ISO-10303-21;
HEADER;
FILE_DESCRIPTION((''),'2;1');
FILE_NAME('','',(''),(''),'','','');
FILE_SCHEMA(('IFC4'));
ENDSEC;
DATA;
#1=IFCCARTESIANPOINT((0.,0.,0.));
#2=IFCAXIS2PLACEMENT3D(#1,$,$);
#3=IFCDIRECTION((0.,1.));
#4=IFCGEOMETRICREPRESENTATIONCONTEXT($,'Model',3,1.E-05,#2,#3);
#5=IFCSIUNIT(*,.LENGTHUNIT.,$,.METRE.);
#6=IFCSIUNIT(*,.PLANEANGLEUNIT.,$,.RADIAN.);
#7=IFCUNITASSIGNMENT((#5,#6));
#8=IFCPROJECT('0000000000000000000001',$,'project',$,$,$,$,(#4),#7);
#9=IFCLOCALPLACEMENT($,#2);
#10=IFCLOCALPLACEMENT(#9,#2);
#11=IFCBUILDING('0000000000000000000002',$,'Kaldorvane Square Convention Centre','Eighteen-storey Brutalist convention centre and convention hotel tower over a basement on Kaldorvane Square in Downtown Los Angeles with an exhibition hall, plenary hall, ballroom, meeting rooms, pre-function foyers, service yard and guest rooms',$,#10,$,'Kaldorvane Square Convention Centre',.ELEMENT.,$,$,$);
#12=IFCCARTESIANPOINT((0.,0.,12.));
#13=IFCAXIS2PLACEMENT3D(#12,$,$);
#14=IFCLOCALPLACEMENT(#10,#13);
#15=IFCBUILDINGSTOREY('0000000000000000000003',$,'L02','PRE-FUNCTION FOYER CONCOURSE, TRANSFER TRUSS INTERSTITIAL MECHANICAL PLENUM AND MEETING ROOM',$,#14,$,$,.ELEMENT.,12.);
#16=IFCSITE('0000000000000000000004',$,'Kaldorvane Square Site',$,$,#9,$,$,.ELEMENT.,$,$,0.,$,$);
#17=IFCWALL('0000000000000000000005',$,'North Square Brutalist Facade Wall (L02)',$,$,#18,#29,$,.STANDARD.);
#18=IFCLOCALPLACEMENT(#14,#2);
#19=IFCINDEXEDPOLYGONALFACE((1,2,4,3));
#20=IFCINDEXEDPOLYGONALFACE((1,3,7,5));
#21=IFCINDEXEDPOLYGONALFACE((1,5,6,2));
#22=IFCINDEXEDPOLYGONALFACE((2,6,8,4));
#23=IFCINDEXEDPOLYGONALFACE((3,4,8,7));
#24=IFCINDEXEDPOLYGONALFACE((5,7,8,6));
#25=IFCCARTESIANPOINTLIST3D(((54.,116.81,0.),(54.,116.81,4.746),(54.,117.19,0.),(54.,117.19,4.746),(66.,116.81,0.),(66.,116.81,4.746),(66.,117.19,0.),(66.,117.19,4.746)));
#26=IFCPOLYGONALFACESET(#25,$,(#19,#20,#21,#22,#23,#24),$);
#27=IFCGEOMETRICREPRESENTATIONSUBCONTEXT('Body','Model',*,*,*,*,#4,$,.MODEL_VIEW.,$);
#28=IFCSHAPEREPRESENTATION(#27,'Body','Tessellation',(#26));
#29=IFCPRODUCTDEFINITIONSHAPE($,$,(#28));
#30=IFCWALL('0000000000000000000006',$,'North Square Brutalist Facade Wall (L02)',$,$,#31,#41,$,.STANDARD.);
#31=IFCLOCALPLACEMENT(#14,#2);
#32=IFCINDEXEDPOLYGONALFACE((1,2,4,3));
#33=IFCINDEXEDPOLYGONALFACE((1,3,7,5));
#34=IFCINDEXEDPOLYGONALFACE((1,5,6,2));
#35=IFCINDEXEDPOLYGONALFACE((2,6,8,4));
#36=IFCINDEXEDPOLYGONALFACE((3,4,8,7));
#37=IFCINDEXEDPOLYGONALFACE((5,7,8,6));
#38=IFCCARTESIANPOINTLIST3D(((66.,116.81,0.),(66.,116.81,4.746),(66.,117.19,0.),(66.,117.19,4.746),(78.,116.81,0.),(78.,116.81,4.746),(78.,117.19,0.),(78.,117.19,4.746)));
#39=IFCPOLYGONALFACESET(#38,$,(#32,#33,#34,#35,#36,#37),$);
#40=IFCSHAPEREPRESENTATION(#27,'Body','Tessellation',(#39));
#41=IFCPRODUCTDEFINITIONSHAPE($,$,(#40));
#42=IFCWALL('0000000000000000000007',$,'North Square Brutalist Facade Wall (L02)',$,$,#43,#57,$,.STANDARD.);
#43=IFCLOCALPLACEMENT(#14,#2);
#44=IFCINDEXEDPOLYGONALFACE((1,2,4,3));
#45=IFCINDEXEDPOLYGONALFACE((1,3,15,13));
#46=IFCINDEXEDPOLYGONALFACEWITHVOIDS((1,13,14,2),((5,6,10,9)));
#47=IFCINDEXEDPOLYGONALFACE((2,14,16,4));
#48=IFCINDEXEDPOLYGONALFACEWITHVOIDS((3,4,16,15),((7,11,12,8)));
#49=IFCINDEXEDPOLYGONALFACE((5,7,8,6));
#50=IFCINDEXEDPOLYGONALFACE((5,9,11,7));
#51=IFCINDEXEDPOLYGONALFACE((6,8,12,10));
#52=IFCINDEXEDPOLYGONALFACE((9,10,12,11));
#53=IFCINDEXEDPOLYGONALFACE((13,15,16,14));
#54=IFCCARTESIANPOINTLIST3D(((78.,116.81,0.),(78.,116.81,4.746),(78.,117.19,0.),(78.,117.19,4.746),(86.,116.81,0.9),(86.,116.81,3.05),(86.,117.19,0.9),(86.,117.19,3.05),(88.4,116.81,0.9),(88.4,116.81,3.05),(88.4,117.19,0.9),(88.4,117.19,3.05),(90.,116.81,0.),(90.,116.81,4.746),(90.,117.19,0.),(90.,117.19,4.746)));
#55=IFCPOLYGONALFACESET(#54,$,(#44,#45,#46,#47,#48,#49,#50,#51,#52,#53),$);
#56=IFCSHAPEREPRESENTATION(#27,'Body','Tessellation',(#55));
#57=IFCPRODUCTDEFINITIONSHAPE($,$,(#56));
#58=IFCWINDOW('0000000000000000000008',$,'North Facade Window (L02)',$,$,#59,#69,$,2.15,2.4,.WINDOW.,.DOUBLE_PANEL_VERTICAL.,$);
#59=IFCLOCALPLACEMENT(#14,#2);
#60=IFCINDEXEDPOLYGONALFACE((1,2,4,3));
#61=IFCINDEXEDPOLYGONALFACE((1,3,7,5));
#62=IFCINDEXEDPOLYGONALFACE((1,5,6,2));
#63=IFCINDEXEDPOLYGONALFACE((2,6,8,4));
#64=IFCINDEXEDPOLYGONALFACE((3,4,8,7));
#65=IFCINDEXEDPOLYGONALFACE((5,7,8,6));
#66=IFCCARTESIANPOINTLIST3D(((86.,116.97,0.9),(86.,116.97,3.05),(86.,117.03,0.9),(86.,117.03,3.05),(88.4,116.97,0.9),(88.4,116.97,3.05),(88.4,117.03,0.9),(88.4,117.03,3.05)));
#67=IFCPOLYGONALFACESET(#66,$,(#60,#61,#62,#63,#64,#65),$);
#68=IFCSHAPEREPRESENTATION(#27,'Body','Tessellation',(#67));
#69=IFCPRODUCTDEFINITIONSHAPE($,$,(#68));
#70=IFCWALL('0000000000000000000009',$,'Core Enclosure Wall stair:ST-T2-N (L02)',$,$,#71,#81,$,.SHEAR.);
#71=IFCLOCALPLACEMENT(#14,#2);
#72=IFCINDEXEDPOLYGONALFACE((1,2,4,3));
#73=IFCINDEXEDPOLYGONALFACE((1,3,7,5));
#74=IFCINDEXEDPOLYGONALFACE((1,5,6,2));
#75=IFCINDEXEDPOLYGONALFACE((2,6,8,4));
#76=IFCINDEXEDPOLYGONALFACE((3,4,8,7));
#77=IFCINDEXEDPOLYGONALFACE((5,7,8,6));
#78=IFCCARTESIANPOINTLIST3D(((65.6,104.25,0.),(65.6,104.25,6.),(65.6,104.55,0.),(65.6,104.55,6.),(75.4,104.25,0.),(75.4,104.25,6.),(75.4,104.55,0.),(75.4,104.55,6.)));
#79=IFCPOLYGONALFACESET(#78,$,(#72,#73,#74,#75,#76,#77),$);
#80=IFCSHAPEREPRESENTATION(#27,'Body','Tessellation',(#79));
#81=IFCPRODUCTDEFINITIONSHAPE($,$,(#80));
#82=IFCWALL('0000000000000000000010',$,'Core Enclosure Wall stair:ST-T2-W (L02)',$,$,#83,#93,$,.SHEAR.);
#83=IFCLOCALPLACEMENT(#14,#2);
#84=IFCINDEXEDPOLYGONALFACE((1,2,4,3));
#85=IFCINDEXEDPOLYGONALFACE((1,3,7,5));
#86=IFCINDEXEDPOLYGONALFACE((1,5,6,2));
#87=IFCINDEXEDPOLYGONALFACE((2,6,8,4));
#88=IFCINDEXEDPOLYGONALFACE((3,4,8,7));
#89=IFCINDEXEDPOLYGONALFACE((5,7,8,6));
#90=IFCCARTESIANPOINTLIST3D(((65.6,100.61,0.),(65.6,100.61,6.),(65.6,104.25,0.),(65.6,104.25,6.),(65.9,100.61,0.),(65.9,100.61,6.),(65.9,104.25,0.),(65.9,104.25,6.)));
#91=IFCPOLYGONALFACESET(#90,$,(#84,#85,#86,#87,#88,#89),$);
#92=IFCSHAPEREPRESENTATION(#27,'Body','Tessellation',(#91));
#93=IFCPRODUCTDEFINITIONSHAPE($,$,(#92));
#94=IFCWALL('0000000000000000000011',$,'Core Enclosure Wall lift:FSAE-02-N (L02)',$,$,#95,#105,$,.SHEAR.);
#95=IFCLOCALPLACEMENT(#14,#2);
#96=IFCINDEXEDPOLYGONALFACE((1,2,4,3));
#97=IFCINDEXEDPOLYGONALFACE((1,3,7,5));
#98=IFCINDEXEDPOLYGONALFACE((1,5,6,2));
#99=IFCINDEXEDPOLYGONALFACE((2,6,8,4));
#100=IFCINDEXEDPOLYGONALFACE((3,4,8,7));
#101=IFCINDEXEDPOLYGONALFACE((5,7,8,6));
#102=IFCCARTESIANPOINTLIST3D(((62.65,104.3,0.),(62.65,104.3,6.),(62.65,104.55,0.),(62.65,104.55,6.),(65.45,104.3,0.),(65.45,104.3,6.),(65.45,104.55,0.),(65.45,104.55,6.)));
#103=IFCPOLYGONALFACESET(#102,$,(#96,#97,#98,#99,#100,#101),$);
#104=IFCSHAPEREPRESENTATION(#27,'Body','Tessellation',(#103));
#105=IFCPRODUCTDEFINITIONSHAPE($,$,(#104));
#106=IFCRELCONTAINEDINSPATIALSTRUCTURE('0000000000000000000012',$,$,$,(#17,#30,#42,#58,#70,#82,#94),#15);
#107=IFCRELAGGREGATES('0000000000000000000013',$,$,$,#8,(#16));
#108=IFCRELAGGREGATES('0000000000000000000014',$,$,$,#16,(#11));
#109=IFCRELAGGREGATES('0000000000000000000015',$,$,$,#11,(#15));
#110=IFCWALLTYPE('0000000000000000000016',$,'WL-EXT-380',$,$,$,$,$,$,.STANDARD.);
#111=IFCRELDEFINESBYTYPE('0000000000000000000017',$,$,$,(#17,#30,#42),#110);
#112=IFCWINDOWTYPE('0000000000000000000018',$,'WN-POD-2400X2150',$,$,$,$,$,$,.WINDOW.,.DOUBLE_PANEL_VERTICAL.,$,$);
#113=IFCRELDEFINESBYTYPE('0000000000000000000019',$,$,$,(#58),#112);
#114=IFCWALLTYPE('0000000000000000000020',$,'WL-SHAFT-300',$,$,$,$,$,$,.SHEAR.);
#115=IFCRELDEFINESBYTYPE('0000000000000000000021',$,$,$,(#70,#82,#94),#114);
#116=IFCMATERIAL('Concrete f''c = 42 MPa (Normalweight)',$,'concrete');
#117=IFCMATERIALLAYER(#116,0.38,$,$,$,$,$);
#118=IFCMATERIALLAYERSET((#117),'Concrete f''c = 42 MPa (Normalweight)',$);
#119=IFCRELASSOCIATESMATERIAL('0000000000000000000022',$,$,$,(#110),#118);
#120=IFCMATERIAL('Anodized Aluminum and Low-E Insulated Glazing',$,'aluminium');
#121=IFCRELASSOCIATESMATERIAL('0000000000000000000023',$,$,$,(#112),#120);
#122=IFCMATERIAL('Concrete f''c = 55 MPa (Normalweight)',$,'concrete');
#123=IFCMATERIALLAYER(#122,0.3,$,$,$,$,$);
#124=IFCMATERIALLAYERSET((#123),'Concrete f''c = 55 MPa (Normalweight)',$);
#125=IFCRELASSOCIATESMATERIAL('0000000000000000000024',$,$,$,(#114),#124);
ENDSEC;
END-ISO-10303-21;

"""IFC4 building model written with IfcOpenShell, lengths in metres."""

from ifc_helpers import new_model, si_unit, direction, frame, frame_2d, origin, place, context, subcontext, project, spatial, rectangle, extrude, material, layer, layer_set, type_object, element, fill, save


model = new_model("IFC4")

# Units and contexts
model_context = context("Model", 3, precision=1e-05, world=origin(), true_north=direction((0.0, 1.0)))
body_context = subcontext(model_context, "Body", "Model", "MODEL_VIEW")
ifc_project = project(units=[si_unit("LENGTHUNIT", "METRE"), si_unit("PLANEANGLEUNIT", "RADIAN")], contexts=[model_context])

# Site, building, storey
site_placement = place(None, origin())
site = spatial("IfcSite", under=ifc_project, at=site_placement, Name="Kaldorvane Square Site", CompositionType="ELEMENT", RefElevation=0.0)
building_placement = place(site_placement, origin())
building = spatial("IfcBuilding", under=site, at=building_placement, Name="Kaldorvane Square Convention Centre", Description="Eighteen-storey Brutalist convention centre and convention hotel tower over a basement on Kaldorvane Square in Downtown Los Angeles with an exhibition hall, plenary hall, ballroom, meeting rooms, pre-function foyers, service yard and guest rooms", LongName="Kaldorvane Square Convention Centre", CompositionType="ELEMENT")
storey_placement = place(building_placement, frame((0.0, 0.0, 12.0)))
storey = spatial("IfcBuildingStorey", under=building, at=storey_placement, Name="L02", Description="PRE-FUNCTION FOYER CONCOURSE, TRANSFER TRUSS INTERSTITIAL MECHANICAL PLENUM AND MEETING ROOM", CompositionType="ELEMENT", Elevation=12.0)

# Shared definitions
ifc_material_1 = material(Name="Concrete f'c = 55 MPa (Normalweight)", Category="concrete")

# Shared definitions
ifc_material_2 = material(Name="Concrete f'c = 42 MPa (Normalweight)", Category="concrete")

# Walls
ifc_layer_1 = layer(ifc_material_2, 0.38)
ifc_layer_set_1 = layer_set([ifc_layer_1], Name="Concrete f'c = 42 MPa (Normalweight)")
wall_type_1 = type_object("IfcWallType", Name="WL-EXT-380", PredefinedType="STANDARD", material=ifc_layer_set_1)
for number, where, z_axis, x_axis, name in (
    (1, (66.0, 117.0, 0.0), (0.0, 0.0, 1.0), (-1.0, 0.0, 0.0), "North Square Brutalist Facade Wall (L02)"),
    (2, (78.0, 117.0, 0.0), (0.0, 0.0, 1.0), (-1.0, 0.0, 0.0), "North Square Brutalist Facade Wall (L02)"),
):
    element("IfcWall", number, at=place(storey_placement, frame(where, z_axis=z_axis, x_axis=x_axis)), inside=storey, type_object=wall_type_1, Name=name, PredefinedType="STANDARD", context=body_context, shape_type="SweptSolid", body=[
        extrude(rectangle(XDim=12.0, YDim=0.38, at=frame_2d((6.0, 0.0))), origin(), (0.0, 0.0, 1.0), 4.746),
    ])

# Wall, opening, window
wall_1_placement = place(storey_placement, frame((90.0, 117.0, 0.0), z_axis=(0.0, 0.0, 1.0), x_axis=(-1.0, 0.0, 0.0)))
wall_1 = element("IfcWall", 3, at=wall_1_placement, inside=storey, type_object=wall_type_1, Name="North Square Brutalist Facade Wall (L02)", PredefinedType="STANDARD", context=body_context, shape_type="SweptSolid", body=[
    extrude(rectangle(XDim=12.0, YDim=0.38, at=frame_2d((6.0, 0.0))), origin(), (0.0, 0.0, 1.0), 4.746),
])
opening_placement = place(wall_1_placement, frame((1.6, 0.0, 0.9)))
opening = element("IfcOpeningElement", 4, at=opening_placement, cuts=wall_1, PredefinedType="OPENING", context=body_context, shape_type="SweptSolid", body=[
    extrude(rectangle(XDim=2.4, YDim=2.15, at=frame_2d((1.2, 1.075))), frame((0.0, 0.205, 0.0), z_axis=(0.0, -1.0, 0.0), x_axis=(1.0, 0.0, 0.0)), (0.0, 0.0, 1.0), 0.41),
])
ifc_material_3 = material(Name="Anodized Aluminum and Low-E Insulated Glazing", Category="aluminium")
window_type = type_object("IfcWindowType", Name="WN-POD-2400X2150", PartitioningType="DOUBLE_PANEL_VERTICAL", PredefinedType="WINDOW", material=ifc_material_3)
window_placement = place(opening_placement, origin())
window = element("IfcWindow", 5, at=window_placement, inside=storey, type_object=window_type, Name="North Facade Window (L02)", OverallHeight=2.15, OverallWidth=2.4, PartitioningType="DOUBLE_PANEL_VERTICAL", PredefinedType="WINDOW", context=body_context, shape_type="SweptSolid", body=[
    extrude(rectangle(XDim=2.4, YDim=2.15, at=frame_2d((1.2, 1.075))), frame((0.0, 0.03, 0.0), z_axis=(0.0, -1.0, 0.0), x_axis=(1.0, 0.0, 0.0)), (0.0, 0.0, 1.0), 0.06),
])
fill(opening, window)

# Walls
ifc_layer_2 = layer(ifc_material_1, 0.3)
ifc_layer_set_2 = layer_set([ifc_layer_2], Name="Concrete f'c = 55 MPa (Normalweight)")
wall_type_2 = type_object("IfcWallType", Name="WL-SHAFT-300", PredefinedType="SHEAR", material=ifc_layer_set_2)
wall_2_placement = place(storey_placement, frame((75.4, 104.4, 0.0), z_axis=(0.0, 0.0, 1.0), x_axis=(-1.0, 0.0, 0.0)))
element("IfcWall", 6, at=wall_2_placement, inside=storey, type_object=wall_type_2, Name="Core Enclosure Wall stair:ST-T2-N (L02)", PredefinedType="SHEAR", context=body_context, shape_type="SweptSolid", body=[
    extrude(rectangle(XDim=9.8, YDim=0.3, at=frame_2d((4.9, 0.0))), origin(), (0.0, 0.0, 1.0), 6.0),
])
wall_3_placement = place(storey_placement, frame((65.75, 104.25, 0.0), z_axis=(0.0, 0.0, 1.0), x_axis=(0.0, -1.0, 0.0)))
element("IfcWall", 7, at=wall_3_placement, inside=storey, type_object=wall_type_2, Name="Core Enclosure Wall stair:ST-T2-W (L02)", PredefinedType="SHEAR", context=body_context, shape_type="SweptSolid", body=[
    extrude(rectangle(XDim=3.64, YDim=0.3, at=frame_2d((1.82, 0.0))), origin(), (0.0, 0.0, 1.0), 6.0),
])
wall_4_placement = place(storey_placement, frame((65.45, 104.425, 0.0), z_axis=(0.0, 0.0, 1.0), x_axis=(-1.0, 0.0, 0.0)))
element("IfcWall", 8, at=wall_4_placement, inside=storey, type_object=wall_type_2, Name="Core Enclosure Wall lift:FSAE-02-N (L02)", PredefinedType="SHEAR", context=body_context, shape_type="SweptSolid", body=[
    extrude(rectangle(XDim=2.8, YDim=0.25, at=frame_2d((1.4, 0.0))), origin(), (0.0, 0.0, 1.0), 6.0),
])

save(model, "model.ifc")
